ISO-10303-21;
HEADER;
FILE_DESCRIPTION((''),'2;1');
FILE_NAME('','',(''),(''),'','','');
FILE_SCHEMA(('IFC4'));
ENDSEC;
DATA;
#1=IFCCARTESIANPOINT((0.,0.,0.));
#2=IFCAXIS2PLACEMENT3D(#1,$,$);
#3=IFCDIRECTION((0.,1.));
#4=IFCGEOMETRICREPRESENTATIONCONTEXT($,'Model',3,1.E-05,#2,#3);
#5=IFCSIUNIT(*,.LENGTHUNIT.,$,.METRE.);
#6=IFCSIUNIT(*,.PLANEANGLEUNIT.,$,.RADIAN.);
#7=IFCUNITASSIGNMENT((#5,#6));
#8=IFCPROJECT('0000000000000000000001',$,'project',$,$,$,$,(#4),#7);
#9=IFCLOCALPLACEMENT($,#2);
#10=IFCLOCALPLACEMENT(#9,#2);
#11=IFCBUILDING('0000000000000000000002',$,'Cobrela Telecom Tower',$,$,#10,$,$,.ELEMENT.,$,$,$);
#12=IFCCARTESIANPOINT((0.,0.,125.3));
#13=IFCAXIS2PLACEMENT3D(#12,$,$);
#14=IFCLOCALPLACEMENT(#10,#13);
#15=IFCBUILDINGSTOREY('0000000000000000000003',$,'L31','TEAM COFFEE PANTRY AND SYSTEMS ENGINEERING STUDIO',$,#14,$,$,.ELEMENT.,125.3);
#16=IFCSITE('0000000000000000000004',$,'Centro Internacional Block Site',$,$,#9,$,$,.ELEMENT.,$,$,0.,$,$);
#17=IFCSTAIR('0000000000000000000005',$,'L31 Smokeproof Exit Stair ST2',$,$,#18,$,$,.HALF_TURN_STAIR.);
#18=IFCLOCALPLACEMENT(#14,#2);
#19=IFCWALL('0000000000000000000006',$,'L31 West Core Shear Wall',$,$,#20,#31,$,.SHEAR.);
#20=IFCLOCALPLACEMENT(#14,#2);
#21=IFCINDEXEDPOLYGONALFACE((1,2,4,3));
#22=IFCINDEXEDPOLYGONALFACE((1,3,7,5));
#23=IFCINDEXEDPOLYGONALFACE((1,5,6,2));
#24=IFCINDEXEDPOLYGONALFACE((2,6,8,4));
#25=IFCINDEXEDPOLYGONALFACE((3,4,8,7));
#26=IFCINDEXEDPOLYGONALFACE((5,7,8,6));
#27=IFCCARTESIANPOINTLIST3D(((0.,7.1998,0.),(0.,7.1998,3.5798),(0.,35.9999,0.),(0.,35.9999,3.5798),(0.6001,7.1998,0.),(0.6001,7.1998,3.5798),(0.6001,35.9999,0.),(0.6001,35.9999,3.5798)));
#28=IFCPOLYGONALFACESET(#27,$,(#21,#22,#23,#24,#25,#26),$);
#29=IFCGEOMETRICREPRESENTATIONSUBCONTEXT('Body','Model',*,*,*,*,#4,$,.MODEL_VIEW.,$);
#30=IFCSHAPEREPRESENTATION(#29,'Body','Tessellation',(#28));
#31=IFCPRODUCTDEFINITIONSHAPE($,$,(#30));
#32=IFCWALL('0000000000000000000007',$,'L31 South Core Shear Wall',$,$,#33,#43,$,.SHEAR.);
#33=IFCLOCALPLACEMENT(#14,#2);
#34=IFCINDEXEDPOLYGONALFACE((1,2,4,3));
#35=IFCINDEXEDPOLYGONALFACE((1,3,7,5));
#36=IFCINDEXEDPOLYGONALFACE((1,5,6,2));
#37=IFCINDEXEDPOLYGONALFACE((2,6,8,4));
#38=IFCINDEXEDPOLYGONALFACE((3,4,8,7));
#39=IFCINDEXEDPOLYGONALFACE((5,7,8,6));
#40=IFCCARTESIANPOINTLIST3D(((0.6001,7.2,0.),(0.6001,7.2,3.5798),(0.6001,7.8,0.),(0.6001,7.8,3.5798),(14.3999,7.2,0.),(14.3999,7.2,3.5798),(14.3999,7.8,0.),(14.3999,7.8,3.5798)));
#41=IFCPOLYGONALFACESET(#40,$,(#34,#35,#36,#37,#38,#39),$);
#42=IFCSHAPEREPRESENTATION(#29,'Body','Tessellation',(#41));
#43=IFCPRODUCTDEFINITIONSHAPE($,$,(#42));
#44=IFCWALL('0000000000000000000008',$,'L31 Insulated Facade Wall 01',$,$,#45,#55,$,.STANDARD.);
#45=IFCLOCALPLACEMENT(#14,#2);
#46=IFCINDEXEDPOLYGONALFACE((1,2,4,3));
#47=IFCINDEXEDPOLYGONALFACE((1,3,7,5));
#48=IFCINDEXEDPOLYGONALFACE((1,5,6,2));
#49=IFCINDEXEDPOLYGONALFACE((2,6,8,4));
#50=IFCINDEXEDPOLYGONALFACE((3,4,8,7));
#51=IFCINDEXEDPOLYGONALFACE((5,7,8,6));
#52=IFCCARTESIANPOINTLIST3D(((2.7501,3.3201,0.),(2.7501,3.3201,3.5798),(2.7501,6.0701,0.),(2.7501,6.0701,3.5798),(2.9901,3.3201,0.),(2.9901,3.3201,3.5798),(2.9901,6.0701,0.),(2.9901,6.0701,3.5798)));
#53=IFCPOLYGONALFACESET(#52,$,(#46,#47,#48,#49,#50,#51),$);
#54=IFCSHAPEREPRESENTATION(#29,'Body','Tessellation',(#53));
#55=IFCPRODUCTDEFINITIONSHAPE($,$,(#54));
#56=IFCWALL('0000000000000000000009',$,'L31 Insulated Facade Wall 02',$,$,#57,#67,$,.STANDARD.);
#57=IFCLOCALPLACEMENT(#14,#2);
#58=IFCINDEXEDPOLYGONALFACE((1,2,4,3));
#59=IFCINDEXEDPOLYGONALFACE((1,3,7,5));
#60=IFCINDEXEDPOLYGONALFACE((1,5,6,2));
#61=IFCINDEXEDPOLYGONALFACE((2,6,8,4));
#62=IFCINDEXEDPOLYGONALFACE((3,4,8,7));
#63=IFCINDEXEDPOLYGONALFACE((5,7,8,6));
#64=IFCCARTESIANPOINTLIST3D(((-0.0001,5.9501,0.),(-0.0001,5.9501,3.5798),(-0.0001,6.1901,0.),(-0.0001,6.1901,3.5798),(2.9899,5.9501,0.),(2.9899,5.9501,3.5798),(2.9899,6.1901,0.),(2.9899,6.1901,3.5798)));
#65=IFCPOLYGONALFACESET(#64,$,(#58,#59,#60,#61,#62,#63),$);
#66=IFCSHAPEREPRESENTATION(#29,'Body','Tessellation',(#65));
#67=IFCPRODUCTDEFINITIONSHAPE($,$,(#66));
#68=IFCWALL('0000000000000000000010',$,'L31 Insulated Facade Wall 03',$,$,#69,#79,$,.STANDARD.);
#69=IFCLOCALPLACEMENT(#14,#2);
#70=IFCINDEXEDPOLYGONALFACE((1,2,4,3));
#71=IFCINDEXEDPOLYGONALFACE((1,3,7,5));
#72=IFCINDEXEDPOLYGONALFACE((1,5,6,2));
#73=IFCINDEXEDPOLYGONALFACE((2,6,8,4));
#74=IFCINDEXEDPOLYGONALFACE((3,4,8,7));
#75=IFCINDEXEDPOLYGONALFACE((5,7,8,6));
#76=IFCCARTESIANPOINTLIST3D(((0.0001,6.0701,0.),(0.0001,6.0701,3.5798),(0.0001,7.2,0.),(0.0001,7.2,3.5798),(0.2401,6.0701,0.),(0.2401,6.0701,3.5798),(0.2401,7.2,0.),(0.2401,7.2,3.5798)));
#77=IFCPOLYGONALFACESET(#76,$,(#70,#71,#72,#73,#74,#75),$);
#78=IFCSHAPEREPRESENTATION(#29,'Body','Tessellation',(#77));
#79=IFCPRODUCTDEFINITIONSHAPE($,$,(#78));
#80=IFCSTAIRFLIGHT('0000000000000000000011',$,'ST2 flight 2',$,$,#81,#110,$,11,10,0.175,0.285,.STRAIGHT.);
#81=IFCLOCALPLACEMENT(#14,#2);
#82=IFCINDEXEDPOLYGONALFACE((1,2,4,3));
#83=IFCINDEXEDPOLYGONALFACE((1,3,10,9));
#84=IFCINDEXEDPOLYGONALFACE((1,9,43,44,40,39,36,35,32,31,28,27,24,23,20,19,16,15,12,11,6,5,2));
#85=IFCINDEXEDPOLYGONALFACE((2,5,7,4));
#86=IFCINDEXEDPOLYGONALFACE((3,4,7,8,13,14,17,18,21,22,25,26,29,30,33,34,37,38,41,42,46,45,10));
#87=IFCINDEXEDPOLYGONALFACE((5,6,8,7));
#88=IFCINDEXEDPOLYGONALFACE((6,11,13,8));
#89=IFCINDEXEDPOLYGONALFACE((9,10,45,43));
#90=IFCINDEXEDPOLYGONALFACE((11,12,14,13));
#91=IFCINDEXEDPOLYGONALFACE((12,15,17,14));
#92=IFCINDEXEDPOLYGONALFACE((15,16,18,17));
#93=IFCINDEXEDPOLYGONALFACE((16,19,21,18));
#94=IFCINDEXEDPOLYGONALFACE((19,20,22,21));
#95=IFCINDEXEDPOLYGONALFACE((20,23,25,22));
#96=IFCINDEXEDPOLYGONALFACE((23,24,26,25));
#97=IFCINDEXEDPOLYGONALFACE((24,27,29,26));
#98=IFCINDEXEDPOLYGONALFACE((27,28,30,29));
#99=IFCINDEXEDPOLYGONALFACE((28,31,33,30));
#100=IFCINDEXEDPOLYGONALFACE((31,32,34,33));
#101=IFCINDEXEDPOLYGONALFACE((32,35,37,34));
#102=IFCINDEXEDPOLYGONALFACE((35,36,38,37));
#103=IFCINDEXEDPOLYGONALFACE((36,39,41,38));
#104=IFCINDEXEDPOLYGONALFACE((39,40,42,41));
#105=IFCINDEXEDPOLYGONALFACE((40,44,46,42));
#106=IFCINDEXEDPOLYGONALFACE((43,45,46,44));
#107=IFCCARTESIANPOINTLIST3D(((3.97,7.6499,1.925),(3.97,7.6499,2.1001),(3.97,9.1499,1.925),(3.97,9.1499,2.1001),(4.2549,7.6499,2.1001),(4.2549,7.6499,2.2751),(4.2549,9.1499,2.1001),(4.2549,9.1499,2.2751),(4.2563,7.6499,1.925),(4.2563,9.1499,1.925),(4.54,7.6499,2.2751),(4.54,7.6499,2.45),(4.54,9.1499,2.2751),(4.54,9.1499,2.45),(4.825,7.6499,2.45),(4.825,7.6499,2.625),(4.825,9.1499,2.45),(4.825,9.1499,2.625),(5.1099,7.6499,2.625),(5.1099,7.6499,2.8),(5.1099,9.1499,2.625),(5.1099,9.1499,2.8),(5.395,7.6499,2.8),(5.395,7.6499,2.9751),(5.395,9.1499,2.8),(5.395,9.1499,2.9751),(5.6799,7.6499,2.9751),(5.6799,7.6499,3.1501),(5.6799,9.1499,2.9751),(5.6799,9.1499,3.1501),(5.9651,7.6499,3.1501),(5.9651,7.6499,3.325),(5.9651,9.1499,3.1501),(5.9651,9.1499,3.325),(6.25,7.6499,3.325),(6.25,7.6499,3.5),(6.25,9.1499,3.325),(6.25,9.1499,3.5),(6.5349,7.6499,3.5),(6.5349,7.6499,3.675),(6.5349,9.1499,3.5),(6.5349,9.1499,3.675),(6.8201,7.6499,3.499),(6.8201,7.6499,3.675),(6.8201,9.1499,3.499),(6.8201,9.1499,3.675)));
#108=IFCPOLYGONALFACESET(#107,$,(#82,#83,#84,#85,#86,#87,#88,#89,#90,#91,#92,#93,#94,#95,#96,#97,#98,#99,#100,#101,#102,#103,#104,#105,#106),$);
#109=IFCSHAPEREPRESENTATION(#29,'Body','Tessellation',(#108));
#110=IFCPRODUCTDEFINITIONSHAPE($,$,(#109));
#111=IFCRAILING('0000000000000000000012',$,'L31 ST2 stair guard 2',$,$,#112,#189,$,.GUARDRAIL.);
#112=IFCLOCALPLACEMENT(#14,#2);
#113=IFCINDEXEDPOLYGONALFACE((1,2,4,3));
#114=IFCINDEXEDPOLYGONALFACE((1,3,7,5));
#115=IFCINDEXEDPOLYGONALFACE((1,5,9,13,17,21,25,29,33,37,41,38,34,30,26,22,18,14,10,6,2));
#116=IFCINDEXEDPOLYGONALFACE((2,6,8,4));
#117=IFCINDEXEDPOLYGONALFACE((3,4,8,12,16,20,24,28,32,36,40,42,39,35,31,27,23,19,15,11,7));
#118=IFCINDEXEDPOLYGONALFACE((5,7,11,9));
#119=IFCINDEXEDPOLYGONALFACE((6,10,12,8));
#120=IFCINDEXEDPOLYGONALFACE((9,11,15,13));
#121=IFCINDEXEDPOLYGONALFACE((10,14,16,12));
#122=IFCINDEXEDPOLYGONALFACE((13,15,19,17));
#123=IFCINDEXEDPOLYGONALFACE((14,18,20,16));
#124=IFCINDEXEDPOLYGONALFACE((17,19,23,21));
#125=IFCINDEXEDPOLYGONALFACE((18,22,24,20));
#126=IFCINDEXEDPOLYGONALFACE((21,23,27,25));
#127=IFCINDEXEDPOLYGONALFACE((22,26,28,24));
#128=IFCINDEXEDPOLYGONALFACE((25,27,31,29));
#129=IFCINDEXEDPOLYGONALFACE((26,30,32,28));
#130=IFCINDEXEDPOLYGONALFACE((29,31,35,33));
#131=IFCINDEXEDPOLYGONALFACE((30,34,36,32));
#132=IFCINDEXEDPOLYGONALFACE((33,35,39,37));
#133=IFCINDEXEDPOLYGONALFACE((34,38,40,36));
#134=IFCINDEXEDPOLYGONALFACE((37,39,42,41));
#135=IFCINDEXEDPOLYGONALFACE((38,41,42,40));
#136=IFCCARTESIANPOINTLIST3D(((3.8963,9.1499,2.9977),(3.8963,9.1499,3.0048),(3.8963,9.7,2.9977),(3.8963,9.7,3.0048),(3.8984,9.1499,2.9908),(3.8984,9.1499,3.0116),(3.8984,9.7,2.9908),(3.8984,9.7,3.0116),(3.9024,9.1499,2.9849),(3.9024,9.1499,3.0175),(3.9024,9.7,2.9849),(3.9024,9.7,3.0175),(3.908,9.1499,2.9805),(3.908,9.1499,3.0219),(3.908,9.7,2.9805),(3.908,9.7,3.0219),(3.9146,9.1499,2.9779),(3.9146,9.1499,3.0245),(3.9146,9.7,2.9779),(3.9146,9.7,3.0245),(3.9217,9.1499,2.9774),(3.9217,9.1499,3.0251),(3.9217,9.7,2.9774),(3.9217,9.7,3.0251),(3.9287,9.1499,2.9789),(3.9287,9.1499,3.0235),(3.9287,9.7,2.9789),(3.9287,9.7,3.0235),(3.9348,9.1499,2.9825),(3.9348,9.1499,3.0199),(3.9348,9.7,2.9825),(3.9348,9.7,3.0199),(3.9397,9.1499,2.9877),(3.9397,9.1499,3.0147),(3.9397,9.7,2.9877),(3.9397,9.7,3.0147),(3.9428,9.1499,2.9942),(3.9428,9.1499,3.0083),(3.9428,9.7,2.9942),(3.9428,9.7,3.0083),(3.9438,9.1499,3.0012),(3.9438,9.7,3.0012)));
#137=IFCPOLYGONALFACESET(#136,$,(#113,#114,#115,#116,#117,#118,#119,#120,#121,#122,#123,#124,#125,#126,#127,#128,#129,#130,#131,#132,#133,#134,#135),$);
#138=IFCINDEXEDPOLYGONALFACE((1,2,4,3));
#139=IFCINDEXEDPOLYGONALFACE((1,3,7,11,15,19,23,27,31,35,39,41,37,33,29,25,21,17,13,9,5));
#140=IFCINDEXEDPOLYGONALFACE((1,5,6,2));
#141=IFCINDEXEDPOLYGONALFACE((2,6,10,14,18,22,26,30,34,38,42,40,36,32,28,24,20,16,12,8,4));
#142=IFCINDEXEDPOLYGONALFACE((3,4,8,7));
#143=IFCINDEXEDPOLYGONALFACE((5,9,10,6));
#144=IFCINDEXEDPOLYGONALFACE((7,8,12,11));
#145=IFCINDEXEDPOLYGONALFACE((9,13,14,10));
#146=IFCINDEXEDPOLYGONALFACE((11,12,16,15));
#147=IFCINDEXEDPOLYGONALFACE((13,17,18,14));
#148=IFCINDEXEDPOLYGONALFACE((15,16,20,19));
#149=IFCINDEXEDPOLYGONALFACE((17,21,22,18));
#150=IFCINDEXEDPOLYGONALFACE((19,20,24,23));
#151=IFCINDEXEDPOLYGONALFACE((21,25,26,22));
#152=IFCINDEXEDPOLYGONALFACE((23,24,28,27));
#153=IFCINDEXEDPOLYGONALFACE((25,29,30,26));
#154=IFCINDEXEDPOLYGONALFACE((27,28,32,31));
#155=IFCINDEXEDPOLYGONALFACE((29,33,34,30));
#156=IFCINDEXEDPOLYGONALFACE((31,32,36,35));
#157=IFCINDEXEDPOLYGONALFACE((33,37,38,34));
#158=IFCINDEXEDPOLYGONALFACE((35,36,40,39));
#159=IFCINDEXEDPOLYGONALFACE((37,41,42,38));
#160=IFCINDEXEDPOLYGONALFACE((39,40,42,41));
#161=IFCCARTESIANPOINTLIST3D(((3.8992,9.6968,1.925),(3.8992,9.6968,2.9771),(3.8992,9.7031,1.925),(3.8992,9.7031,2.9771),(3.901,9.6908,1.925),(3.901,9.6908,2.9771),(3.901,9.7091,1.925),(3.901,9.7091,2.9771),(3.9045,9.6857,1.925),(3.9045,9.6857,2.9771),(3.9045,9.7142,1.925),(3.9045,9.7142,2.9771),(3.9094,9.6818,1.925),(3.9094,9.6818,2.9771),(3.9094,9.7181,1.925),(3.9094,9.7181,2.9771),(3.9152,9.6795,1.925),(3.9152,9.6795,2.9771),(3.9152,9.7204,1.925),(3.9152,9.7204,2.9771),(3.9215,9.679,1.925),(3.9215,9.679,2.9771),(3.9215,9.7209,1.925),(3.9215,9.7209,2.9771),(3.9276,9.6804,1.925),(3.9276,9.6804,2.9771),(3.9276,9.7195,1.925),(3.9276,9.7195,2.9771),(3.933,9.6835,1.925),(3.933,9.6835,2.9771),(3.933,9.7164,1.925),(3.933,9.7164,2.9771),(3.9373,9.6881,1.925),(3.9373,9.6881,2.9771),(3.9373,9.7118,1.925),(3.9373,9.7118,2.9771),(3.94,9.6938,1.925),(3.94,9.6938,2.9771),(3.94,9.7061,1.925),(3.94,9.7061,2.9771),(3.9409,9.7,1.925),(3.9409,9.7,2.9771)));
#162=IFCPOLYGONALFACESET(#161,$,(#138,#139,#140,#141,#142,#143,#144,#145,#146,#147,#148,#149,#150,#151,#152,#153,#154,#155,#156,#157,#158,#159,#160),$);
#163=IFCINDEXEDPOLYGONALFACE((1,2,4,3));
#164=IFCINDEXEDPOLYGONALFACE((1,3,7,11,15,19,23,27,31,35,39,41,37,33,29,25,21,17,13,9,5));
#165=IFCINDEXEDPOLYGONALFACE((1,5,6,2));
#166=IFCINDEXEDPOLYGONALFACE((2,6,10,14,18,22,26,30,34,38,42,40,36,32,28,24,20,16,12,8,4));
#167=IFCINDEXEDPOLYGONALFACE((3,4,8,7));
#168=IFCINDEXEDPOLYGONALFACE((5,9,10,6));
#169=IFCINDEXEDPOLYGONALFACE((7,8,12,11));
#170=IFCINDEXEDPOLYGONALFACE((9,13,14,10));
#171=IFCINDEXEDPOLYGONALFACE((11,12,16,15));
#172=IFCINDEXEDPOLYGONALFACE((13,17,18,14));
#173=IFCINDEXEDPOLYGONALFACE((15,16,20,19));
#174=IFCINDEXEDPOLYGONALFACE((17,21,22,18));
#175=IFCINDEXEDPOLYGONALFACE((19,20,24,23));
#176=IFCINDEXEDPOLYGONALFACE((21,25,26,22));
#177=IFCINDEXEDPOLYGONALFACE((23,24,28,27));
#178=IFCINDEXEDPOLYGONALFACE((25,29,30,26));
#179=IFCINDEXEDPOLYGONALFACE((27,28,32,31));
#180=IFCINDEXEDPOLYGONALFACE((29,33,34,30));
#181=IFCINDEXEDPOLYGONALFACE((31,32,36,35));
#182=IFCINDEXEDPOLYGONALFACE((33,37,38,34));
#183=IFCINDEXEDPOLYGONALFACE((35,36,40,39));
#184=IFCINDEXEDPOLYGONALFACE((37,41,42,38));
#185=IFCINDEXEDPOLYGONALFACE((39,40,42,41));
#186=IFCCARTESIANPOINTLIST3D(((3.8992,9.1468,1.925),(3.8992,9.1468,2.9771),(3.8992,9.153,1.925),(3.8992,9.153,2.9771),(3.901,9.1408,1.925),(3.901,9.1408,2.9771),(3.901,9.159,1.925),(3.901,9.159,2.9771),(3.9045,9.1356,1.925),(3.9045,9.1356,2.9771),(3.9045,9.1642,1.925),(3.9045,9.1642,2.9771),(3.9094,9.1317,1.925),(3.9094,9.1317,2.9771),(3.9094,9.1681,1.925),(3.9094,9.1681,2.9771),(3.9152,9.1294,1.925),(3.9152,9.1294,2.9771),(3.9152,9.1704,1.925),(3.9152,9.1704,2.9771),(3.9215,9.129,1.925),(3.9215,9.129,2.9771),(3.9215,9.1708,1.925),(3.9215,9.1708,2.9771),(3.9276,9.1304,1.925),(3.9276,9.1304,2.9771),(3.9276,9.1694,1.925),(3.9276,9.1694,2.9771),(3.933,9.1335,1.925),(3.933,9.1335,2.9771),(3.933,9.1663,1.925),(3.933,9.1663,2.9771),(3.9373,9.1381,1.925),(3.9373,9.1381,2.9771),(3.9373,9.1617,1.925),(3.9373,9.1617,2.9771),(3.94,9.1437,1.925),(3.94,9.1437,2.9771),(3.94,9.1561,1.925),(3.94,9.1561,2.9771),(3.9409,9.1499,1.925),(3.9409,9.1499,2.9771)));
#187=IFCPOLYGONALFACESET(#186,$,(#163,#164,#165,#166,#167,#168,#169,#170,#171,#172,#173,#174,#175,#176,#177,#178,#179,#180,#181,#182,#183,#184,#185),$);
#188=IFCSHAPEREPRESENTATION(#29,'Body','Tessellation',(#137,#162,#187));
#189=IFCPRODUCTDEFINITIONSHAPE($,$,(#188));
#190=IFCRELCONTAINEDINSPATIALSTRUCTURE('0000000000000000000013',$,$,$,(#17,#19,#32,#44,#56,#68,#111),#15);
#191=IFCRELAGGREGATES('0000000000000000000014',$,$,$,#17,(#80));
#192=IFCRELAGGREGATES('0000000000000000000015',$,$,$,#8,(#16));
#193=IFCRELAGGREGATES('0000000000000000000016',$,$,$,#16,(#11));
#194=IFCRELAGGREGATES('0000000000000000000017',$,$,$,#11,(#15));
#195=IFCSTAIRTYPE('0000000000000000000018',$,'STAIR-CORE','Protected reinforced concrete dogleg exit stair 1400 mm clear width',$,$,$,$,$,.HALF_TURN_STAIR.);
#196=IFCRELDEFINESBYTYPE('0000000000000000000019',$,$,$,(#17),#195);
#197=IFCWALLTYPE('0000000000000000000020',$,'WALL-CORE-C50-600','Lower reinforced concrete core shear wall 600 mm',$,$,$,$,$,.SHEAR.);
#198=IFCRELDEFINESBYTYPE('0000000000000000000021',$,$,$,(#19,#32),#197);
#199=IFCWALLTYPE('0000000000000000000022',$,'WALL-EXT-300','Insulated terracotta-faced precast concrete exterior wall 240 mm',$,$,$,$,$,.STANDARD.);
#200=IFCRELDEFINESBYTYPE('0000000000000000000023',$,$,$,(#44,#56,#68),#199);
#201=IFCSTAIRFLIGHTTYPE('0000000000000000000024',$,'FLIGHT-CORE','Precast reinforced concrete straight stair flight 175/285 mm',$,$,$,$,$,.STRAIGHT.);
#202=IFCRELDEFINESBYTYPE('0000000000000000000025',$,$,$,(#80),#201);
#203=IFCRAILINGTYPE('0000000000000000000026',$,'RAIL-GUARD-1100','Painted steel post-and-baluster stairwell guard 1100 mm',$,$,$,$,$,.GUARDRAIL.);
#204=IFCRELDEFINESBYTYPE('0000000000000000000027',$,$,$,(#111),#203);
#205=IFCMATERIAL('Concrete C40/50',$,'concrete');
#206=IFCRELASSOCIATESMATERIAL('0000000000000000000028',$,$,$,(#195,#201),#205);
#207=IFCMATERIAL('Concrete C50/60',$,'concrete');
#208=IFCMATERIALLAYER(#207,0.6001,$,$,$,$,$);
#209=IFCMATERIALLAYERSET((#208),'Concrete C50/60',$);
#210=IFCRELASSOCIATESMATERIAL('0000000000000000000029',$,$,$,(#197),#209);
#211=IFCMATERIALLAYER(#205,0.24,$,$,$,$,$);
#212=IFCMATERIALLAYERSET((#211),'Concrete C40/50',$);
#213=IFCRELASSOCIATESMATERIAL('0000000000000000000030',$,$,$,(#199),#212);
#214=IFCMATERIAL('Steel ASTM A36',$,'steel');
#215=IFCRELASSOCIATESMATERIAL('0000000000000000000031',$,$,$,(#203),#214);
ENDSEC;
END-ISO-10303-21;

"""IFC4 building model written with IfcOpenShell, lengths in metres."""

from ifc_helpers import new_model, si_unit, direction, frame, frame_2d, origin, origin_2d, place, context, subcontext, project, spatial, polyline, rectangle, circle, outline, extrude, material, layer, layer_set, type_object, element, aggregate, save


model = new_model("IFC4")

# Units and contexts
model_context = context("Model", 3, precision=1e-05, world=origin(), true_north=direction((0.0, 1.0)))
body_context = subcontext(model_context, "Body", "Model", "MODEL_VIEW")
ifc_project = project(units=[si_unit("LENGTHUNIT", "METRE"), si_unit("PLANEANGLEUNIT", "RADIAN")], contexts=[model_context])

# Site, building, storey
site_placement = place(None, origin())
site = spatial("IfcSite", under=ifc_project, at=site_placement, Name="Centro Internacional Block Site", CompositionType="ELEMENT", RefElevation=0.0)
building_placement = place(site_placement, origin())
building = spatial("IfcBuilding", under=site, at=building_placement, Name="Cobrela Telecom Tower", CompositionType="ELEMENT")
storey_placement = place(building_placement, frame((0.0, 0.0, 125.3)))
storey = spatial("IfcBuildingStorey", under=building, at=storey_placement, Name="L31", Description="TEAM COFFEE PANTRY AND SYSTEMS ENGINEERING STUDIO", CompositionType="ELEMENT", Elevation=125.3)

# Shared definitions
ifc_material_1 = material(Name="Concrete C40/50", Category="concrete")

# Stair
stair_type = type_object("IfcStairType", Name="STAIR-CORE", Description="Protected reinforced concrete dogleg exit stair 1400 mm clear width", PredefinedType="HALF_TURN_STAIR", material=ifc_material_1)
stair_1_placement = place(storey_placement, origin())
stair_1 = element("IfcStair", 1, at=stair_1_placement, inside=storey, type_object=stair_type, Name="L31 Smokeproof Exit Stair ST2", PredefinedType="HALF_TURN_STAIR")

# Walls
ifc_material_2 = material(Name="Concrete C50/60", Category="concrete")
ifc_layer_1 = layer(ifc_material_2, 0.6001)
ifc_layer_set_1 = layer_set([ifc_layer_1], Name="Concrete C50/60")
wall_type_1 = type_object("IfcWallType", Name="WALL-CORE-C50-600", Description="Lower reinforced concrete core shear wall 600 mm", PredefinedType="SHEAR", material=ifc_layer_set_1)
wall_1_placement = place(storey_placement, frame((0.3, 7.2, 0.0), z_axis=(0.0, 0.0, 1.0), x_axis=(0.0, 1.0, 0.0)))
element("IfcWall", 2, at=wall_1_placement, inside=storey, type_object=wall_type_1, Name="L31 West Core Shear Wall", PredefinedType="SHEAR", context=body_context, shape_type="SweptSolid", body=[
    extrude(rectangle(XDim=28.8, YDim=0.6001, at=frame_2d((14.3999, 0.0))), origin(), (0.0, 0.0, 1.0), 3.5798),
])
wall_2_placement = place(storey_placement, frame((0.6001, 7.5, 0.0), z_axis=(0.0, 0.0, 1.0), x_axis=(1.0, 0.0, 0.0)))
element("IfcWall", 3, at=wall_2_placement, inside=storey, type_object=wall_type_1, Name="L31 South Core Shear Wall", PredefinedType="SHEAR", context=body_context, shape_type="SweptSolid", body=[
    extrude(rectangle(XDim=13.7998, YDim=0.6001, at=frame_2d((6.8999, 0.0))), origin(), (0.0, 0.0, 1.0), 3.5798),
])
ifc_layer_2 = layer(ifc_material_1, 0.24)
ifc_layer_set_2 = layer_set([ifc_layer_2], Name="Concrete C40/50")
wall_type_2 = type_object("IfcWallType", Name="WALL-EXT-300", Description="Insulated terracotta-faced precast concrete exterior wall 240 mm", PredefinedType="STANDARD", material=ifc_layer_set_2)
wall_3_placement = place(storey_placement, frame((2.8701, 3.3201, 0.0), z_axis=(0.0, 0.0, 1.0), x_axis=(0.0, 1.0, 0.0)))
element("IfcWall", 4, at=wall_3_placement, inside=storey, type_object=wall_type_2, Name="L31 Insulated Facade Wall 01", PredefinedType="STANDARD", context=body_context, shape_type="SweptSolid", body=[
    extrude(rectangle(XDim=2.75, YDim=0.24, at=frame_2d((1.375, 0.0))), origin(), (0.0, 0.0, 1.0), 3.5798),
])
wall_4_placement = place(storey_placement, frame((2.99, 6.0701, 0.0), z_axis=(0.0, 0.0, 1.0), x_axis=(-1.0, 0.0, 0.0)))
element("IfcWall", 5, at=wall_4_placement, inside=storey, type_object=wall_type_2, Name="L31 Insulated Facade Wall 02", PredefinedType="STANDARD", context=body_context, shape_type="SweptSolid", body=[
    extrude(rectangle(XDim=2.99, YDim=0.24, at=frame_2d((1.4951, 0.0))), origin(), (0.0, 0.0, 1.0), 3.5798),
])
wall_5_placement = place(storey_placement, frame((0.1201, 6.0701, 0.0), z_axis=(0.0, 0.0, 1.0), x_axis=(0.0, 1.0, 0.0)))
element("IfcWall", 6, at=wall_5_placement, inside=storey, type_object=wall_type_2, Name="L31 Insulated Facade Wall 03", PredefinedType="STANDARD", context=body_context, shape_type="SweptSolid", body=[
    extrude(rectangle(XDim=1.1299, YDim=0.24, at=frame_2d((0.5649, 0.0))), origin(), (0.0, 0.0, 1.0), 3.5798),
])

# Stair flight
stair_flight_type = type_object("IfcStairFlightType", Name="FLIGHT-CORE", Description="Precast reinforced concrete straight stair flight 175/285 mm", PredefinedType="STRAIGHT", material=ifc_material_1)
stair_flight_placement = place(storey_placement, frame((3.97, 8.3999, 1.925), z_axis=(0.0, 0.0, 1.0), x_axis=(1.0, 0.0, 0.0)))
stair_flight = element("IfcStairFlight", 7, at=stair_flight_placement, type_object=stair_flight_type, Name="ST2 flight 2", NumberOfRisers=11, NumberOfTreads=10, PredefinedType="STRAIGHT", RiserHeight=0.175, TreadLength=0.285, context=body_context, shape_type="SweptSolid", body=[
    extrude(outline(polyline([(0.0, 0.0), (0.0, 0.175), (0.2849, 0.175), (0.2849, 0.3501), (0.5701, 0.3501), (0.5701, 0.5249), (0.855, 0.5249), (0.855, 0.7), (1.1399, 0.7), (1.1399, 0.875), (1.425, 0.875), (1.425, 1.05), (1.71, 1.05), (1.71, 1.2251), (1.9951, 1.2251), (1.9951, 1.3999), (2.28, 1.3999), (2.28, 1.575), (2.5649, 1.575), (2.5649, 1.75), (2.8501, 1.75), (2.8501, 1.925), (2.8501, 1.574), (0.2864, 0.0), (0.0, 0.0)])), frame((0.0, 0.75, 0.0), z_axis=(0.0, -1.0, 0.0), x_axis=(1.0, 0.0, 0.0)), (0.0, 0.0, 1.0), 1.5),
])
aggregate(stair_1, [stair_flight])

# Railing
ifc_material_3 = material(Name="Steel ASTM A36", Category="steel")
railing_type_1 = type_object("IfcRailingType", Name="RAIL-GUARD-1100", Description="Painted steel post-and-baluster stairwell guard 1100 mm", PredefinedType="GUARDRAIL", material=ifc_material_3)
railing_1_placement = place(storey_placement, frame((3.9199, 9.7, 1.925)))
element("IfcRailing", 8, at=railing_1_placement, inside=storey, type_object=railing_type_1, Name="L31 ST2 stair guard 2", PredefinedType="GUARDRAIL", context=body_context, shape_type="SweptSolid", body=[
    extrude(circle(Radius=0.0239, at=origin_2d()), frame((0.0, 0.0, 1.0762), z_axis=(0.0, -1.0, 0.0), x_axis=(1.0, 0.0, 0.0)), (0.0, 0.0, 1.0), 0.55),
    extrude(circle(Radius=0.021, at=origin_2d()), origin(), (0.0, 0.0, 1.0), 1.052),
    extrude(circle(Radius=0.021, at=origin_2d()), frame((0.0, -0.55, 0.0)), (0.0, 0.0, 1.0), 1.052),
])

save(model, "model.ifc")
